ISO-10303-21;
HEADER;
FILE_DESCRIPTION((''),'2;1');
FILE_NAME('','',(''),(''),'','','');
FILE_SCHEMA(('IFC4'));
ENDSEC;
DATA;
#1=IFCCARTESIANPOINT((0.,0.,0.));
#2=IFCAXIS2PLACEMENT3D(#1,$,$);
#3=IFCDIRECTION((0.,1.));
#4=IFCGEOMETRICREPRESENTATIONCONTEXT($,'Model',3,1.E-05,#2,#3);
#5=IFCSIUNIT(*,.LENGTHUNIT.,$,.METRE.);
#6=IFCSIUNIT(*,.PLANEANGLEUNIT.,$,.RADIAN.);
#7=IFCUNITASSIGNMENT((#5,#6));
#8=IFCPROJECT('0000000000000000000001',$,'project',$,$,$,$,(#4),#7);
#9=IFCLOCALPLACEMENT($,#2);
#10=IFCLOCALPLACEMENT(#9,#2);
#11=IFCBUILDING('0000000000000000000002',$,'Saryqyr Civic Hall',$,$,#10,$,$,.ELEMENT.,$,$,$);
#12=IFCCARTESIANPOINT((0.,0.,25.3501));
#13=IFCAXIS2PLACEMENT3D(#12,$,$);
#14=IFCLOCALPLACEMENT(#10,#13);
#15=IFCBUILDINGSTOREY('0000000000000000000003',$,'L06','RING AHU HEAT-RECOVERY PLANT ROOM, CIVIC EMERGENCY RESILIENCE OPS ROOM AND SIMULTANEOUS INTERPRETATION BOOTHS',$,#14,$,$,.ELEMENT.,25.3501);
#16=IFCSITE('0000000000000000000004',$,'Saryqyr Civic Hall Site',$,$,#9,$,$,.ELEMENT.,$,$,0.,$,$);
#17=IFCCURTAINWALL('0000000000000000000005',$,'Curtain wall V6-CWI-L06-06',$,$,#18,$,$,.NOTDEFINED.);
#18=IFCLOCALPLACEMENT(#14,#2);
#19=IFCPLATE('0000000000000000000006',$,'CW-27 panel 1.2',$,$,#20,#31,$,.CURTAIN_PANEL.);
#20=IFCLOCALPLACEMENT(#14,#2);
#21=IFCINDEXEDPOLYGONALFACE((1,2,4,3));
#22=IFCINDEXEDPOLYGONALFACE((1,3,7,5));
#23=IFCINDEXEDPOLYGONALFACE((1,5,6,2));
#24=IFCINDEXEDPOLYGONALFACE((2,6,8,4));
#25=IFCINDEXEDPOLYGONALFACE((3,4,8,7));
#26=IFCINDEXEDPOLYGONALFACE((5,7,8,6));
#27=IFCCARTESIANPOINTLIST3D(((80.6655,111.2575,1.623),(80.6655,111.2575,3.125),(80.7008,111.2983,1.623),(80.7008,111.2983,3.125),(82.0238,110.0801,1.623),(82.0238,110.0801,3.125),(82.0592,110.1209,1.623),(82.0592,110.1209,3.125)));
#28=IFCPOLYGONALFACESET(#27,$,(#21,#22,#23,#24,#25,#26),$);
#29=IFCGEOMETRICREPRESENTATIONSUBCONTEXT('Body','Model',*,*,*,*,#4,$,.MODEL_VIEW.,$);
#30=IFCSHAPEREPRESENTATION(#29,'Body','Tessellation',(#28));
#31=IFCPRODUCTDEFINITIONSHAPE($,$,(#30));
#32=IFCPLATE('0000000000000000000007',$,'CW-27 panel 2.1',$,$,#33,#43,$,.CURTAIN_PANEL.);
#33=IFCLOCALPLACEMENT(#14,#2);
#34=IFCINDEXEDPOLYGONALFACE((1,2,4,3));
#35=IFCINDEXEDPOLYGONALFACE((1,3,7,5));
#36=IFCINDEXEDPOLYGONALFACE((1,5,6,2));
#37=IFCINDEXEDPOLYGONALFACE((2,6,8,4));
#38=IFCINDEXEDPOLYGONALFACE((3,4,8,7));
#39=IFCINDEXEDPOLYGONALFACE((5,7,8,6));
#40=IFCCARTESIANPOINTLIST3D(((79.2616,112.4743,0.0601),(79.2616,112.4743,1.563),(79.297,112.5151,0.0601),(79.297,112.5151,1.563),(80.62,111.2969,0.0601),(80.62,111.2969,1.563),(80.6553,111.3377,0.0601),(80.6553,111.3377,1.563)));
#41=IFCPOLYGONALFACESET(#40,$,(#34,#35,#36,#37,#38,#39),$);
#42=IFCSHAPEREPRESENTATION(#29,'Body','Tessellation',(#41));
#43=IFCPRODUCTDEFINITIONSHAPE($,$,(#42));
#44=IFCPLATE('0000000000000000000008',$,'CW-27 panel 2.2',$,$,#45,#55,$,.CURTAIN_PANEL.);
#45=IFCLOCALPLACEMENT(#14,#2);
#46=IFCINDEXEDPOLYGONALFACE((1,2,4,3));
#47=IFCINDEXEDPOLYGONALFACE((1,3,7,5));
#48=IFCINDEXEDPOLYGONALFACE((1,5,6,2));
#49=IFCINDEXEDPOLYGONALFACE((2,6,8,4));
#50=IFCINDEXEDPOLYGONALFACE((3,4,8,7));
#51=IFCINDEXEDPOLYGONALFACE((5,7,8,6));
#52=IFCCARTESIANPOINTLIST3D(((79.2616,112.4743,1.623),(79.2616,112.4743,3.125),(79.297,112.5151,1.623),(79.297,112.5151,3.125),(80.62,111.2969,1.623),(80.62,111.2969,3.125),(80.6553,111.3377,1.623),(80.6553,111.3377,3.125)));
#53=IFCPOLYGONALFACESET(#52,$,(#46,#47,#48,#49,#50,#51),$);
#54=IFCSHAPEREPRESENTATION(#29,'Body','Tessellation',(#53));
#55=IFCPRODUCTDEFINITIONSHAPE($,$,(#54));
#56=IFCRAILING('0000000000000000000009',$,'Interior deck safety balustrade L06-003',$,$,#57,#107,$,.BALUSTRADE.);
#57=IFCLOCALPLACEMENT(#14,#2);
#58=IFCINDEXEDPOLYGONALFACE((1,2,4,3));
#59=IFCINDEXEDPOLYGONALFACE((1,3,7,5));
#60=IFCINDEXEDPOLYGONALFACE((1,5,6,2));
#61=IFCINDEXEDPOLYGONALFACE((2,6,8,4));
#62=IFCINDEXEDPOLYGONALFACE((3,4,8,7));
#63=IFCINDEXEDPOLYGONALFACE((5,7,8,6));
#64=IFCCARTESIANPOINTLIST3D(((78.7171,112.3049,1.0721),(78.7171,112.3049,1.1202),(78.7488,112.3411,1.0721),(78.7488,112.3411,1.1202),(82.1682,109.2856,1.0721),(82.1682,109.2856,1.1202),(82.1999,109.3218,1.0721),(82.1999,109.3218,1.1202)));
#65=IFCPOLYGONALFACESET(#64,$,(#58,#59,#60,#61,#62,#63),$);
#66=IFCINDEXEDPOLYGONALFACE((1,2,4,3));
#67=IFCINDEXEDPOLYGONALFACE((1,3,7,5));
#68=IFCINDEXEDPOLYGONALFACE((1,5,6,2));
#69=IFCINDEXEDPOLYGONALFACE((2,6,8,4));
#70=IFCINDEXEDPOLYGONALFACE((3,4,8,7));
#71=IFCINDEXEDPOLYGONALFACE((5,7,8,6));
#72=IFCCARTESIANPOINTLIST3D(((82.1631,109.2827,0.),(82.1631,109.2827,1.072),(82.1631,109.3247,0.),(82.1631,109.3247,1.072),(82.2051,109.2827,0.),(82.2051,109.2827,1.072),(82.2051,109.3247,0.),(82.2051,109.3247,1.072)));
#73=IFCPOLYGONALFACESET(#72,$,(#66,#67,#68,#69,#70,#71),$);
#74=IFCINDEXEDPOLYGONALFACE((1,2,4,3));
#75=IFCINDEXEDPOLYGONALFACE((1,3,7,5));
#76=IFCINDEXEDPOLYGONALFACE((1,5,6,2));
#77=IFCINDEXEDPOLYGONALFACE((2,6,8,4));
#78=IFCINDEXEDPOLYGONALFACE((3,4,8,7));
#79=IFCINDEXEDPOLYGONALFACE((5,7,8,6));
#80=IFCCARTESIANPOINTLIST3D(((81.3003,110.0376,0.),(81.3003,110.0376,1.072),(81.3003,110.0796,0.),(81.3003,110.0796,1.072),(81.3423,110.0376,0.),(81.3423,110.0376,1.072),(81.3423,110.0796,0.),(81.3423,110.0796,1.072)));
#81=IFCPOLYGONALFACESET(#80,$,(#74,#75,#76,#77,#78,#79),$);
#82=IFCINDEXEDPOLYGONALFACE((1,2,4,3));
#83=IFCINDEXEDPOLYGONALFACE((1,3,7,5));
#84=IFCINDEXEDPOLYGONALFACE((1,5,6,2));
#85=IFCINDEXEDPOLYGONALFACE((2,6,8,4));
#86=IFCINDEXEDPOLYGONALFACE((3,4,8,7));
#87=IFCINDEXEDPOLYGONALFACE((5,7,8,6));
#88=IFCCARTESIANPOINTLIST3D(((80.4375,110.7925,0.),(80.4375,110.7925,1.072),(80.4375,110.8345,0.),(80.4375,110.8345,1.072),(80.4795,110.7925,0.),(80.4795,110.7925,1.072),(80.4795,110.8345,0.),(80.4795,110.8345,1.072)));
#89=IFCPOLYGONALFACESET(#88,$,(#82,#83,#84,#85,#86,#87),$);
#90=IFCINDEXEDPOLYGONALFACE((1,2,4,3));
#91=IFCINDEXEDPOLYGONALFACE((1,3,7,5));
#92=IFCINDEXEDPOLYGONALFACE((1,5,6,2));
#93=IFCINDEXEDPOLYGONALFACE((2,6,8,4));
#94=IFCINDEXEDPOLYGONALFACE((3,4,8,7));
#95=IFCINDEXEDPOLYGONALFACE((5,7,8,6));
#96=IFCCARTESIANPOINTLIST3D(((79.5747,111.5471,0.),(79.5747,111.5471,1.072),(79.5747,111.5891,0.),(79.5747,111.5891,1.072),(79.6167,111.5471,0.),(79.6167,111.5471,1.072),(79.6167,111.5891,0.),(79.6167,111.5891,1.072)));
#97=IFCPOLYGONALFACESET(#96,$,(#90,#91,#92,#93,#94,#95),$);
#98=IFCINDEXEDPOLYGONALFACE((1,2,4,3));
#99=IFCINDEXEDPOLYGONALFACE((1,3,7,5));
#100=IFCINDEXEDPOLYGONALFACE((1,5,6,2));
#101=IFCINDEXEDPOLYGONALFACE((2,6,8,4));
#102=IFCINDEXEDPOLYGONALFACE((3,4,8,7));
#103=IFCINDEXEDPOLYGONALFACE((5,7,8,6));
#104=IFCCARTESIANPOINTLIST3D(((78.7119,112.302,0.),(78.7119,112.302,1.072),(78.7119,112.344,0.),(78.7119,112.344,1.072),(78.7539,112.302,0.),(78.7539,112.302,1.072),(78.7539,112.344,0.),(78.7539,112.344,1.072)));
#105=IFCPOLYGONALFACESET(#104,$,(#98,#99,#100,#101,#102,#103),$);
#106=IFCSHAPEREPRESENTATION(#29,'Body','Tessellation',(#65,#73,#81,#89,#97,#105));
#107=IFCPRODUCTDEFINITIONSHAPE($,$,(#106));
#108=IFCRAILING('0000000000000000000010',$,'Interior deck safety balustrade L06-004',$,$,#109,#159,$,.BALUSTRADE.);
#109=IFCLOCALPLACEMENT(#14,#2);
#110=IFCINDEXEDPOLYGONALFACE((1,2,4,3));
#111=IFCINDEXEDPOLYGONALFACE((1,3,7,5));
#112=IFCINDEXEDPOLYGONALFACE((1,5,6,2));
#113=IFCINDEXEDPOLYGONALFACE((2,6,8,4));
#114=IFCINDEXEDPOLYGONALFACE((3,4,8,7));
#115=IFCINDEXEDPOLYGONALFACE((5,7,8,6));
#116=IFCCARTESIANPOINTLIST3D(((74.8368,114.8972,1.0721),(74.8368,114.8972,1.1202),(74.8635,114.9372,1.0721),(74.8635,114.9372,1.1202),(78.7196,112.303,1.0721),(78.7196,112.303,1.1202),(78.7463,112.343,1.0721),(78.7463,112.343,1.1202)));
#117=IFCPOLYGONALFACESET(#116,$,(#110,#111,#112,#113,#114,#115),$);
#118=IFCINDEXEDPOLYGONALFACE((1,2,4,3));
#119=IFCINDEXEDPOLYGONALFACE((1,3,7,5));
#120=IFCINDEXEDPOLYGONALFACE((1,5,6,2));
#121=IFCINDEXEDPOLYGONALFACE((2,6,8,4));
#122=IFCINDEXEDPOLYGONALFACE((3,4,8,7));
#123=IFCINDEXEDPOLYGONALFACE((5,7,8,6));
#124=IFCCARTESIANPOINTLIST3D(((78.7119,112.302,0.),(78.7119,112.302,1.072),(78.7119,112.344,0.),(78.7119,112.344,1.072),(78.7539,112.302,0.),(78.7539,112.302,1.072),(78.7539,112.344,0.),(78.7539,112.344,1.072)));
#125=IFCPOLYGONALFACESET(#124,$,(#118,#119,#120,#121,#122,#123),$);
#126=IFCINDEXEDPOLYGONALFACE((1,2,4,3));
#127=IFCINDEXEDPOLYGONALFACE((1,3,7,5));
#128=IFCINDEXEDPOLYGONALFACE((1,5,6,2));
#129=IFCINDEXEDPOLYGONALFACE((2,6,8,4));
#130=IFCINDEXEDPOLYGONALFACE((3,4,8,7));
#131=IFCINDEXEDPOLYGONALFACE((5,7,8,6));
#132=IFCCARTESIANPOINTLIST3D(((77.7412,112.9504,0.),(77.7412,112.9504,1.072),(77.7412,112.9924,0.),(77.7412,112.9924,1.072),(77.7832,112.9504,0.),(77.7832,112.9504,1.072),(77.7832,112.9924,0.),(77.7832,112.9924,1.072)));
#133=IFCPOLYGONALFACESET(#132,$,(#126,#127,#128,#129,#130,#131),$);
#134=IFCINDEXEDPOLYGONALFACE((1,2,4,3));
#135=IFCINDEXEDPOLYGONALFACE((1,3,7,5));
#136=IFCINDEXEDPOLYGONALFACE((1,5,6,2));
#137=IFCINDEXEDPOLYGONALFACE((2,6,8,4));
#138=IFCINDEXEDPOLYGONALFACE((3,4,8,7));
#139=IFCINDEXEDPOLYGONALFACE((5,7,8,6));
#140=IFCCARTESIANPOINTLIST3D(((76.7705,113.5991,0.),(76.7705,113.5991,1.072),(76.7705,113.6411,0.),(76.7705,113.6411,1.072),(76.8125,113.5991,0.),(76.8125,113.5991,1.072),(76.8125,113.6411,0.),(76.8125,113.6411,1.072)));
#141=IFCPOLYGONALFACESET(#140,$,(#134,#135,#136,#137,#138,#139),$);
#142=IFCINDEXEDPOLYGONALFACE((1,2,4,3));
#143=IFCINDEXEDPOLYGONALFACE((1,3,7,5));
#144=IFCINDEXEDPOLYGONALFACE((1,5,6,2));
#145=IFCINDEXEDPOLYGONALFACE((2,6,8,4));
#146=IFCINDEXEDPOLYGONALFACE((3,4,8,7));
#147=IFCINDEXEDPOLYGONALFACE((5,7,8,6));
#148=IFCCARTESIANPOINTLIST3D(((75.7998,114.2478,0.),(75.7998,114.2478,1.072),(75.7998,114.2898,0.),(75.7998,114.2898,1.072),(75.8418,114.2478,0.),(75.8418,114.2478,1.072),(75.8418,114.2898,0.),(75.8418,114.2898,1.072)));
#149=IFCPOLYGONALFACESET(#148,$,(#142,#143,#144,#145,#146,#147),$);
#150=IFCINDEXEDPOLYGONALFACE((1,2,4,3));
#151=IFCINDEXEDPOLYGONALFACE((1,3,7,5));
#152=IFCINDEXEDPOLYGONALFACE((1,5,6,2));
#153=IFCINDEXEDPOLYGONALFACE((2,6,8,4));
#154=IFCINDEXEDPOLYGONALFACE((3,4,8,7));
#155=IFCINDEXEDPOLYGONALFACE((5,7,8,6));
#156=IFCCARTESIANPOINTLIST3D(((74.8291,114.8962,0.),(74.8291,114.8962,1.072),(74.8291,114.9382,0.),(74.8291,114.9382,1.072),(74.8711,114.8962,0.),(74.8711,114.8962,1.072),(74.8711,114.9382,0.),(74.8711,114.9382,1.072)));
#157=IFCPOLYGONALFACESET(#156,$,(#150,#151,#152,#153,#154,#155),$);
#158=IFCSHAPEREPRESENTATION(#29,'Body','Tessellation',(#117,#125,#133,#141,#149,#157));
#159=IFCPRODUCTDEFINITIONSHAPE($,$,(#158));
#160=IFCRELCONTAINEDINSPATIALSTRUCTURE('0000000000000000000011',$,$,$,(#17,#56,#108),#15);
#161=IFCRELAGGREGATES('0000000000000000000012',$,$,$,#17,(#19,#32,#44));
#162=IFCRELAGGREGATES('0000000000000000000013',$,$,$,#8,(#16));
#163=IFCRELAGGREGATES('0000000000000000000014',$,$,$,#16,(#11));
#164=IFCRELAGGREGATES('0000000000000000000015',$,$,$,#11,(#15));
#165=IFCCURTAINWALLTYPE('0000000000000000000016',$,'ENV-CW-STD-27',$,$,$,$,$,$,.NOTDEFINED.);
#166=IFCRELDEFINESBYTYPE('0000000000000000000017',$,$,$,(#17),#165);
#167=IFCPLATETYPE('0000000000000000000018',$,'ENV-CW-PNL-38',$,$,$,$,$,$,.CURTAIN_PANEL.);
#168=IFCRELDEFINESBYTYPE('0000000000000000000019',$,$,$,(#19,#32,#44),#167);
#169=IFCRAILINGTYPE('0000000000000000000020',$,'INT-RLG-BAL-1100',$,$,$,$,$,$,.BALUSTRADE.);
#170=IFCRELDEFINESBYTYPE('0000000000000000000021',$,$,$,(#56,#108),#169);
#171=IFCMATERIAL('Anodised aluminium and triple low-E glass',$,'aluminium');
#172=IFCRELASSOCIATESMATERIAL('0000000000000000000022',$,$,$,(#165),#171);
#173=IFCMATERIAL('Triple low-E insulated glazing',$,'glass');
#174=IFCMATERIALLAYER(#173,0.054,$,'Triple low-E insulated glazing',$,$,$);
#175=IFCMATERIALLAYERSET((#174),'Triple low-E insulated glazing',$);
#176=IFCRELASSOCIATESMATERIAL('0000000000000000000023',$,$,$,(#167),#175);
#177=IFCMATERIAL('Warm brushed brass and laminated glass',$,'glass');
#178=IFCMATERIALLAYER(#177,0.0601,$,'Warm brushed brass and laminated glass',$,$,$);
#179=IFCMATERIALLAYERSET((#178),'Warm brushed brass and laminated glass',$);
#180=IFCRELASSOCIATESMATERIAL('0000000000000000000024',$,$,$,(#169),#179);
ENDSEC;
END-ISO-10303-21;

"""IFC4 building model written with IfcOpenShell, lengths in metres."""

from ifc_helpers import new_model, si_unit, direction, frame, origin, origin_2d, place, context, subcontext, project, spatial, rectangle, extrude, material, layer, layer_set, type_object, element, aggregate, save


model = new_model("IFC4")

# Units and contexts
model_context = context("Model", 3, precision=1e-05, world=origin(), true_north=direction((0.0, 1.0)))
body_context = subcontext(model_context, "Body", "Model", "MODEL_VIEW")
ifc_project = project(units=[si_unit("LENGTHUNIT", "METRE"), si_unit("PLANEANGLEUNIT", "RADIAN")], contexts=[model_context])

# Site, building, storey
site_placement = place(None, origin())
site = spatial("IfcSite", under=ifc_project, at=site_placement, Name="Saryqyr Civic Hall Site", CompositionType="ELEMENT", RefElevation=0.0)
building_placement = place(site_placement, origin())
building = spatial("IfcBuilding", under=site, at=building_placement, Name="Saryqyr Civic Hall", CompositionType="ELEMENT")
storey_placement = place(building_placement, frame((0.0, 0.0, 25.3501)))
storey = spatial("IfcBuildingStorey", under=building, at=storey_placement, Name="L06", Description="RING AHU HEAT-RECOVERY PLANT ROOM, CIVIC EMERGENCY RESILIENCE OPS ROOM AND SIMULTANEOUS INTERPRETATION BOOTHS", CompositionType="ELEMENT", Elevation=25.3501)

# Curtain wall
ifc_material_1 = material(Name="Anodised aluminium and triple low-E glass", Category="aluminium")
curtain_wall_type = type_object("IfcCurtainWallType", Name="ENV-CW-STD-27", PredefinedType="NOTDEFINED", material=ifc_material_1)
curtain_wall_placement = place(storey_placement, origin())
curtain_wall = element("IfcCurtainWall", 1, at=curtain_wall_placement, inside=storey, type_object=curtain_wall_type, Name="Curtain wall V6-CWI-L06-06", PredefinedType="NOTDEFINED")

# Plates
ifc_material_2 = material(Name="Triple low-E insulated glazing", Category="glass")
ifc_layer_1 = layer(ifc_material_2, 0.054, Name="Triple low-E insulated glazing")
ifc_layer_set_1 = layer_set([ifc_layer_1], Name="Triple low-E insulated glazing")
plate_type = type_object("IfcPlateType", Name="ENV-CW-PNL-38", PredefinedType="CURTAIN_PANEL", material=ifc_layer_set_1)
plate_1_placement = place(storey_placement, frame((81.3623, 110.6892, 1.623), z_axis=(0.0, 0.0, 1.0), x_axis=(-0.755652, 0.654974, 0.0)))
plate_1 = element("IfcPlate", 2, at=plate_1_placement, type_object=plate_type, Name="CW-27 panel 1.2", PredefinedType="CURTAIN_PANEL", context=body_context, shape_type="SweptSolid", body=[
    extrude(rectangle(XDim=1.7976, YDim=0.054, at=origin_2d()), origin(), (0.0, 0.0, 1.0), 1.502),
])
plate_2_placement = place(storey_placement, frame((79.9585, 111.906, 0.0601), z_axis=(0.0, 0.0, 1.0), x_axis=(-0.755652, 0.654974, 0.0)))
plate_2 = element("IfcPlate", 3, at=plate_2_placement, type_object=plate_type, Name="CW-27 panel 2.1", PredefinedType="CURTAIN_PANEL", context=body_context, shape_type="SweptSolid", body=[
    extrude(rectangle(XDim=1.7976, YDim=0.054, at=origin_2d()), origin(), (0.0, 0.0, 1.0), 1.5029),
])
plate_3_placement = place(storey_placement, frame((79.9585, 111.906, 1.623), z_axis=(0.0, 0.0, 1.0), x_axis=(-0.755652, 0.654974, 0.0)))
plate_3 = element("IfcPlate", 4, at=plate_3_placement, type_object=plate_type, Name="CW-27 panel 2.2", PredefinedType="CURTAIN_PANEL", context=body_context, shape_type="SweptSolid", body=[
    extrude(rectangle(XDim=1.7976, YDim=0.054, at=origin_2d()), origin(), (0.0, 0.0, 1.0), 1.502),
])
aggregate(curtain_wall, [plate_1, plate_2, plate_3])

# Railings
ifc_material_3 = material(Name="Warm brushed brass and laminated glass", Category="glass")
ifc_layer_2 = layer(ifc_material_3, 0.0601, Name="Warm brushed brass and laminated glass")
ifc_layer_set_2 = layer_set([ifc_layer_2], Name="Warm brushed brass and laminated glass")
railing_type = type_object("IfcRailingType", Name="INT-RLG-BAL-1100", PredefinedType="BALUSTRADE", material=ifc_layer_set_2)
railing_1_placement = place(storey_placement, frame((82.1841, 109.3037, 0.0)))
element("IfcRailing", 5, at=railing_1_placement, inside=storey, type_object=railing_type, Name="Interior deck safety balustrade L06-003", PredefinedType="BALUSTRADE", context=body_context, shape_type="SweptSolid", body=[
    extrude(rectangle(XDim=0.0481, YDim=0.0481, at=origin_2d()), frame((0.0, 0.0, 1.0962), z_axis=(-0.752629, 0.658444, 0.0), x_axis=(-0.658444, -0.752629, 0.0)), (0.0, 0.0, 1.0), 4.5854),
    extrude(rectangle(XDim=0.042, YDim=0.042, at=origin_2d()), origin(), (0.0, 0.0, 1.0), 1.072),
    extrude(rectangle(XDim=0.042, YDim=0.042, at=origin_2d()), frame((-0.8628, 0.7549, 0.0)), (0.0, 0.0, 1.0), 1.072),
    extrude(rectangle(XDim=0.042, YDim=0.042, at=origin_2d()), frame((-1.7256, 1.5098, 0.0)), (0.0, 0.0, 1.0), 1.072),
    extrude(rectangle(XDim=0.042, YDim=0.042, at=origin_2d()), frame((-2.5884, 2.2644, 0.0)), (0.0, 0.0, 1.0), 1.072),
    extrude(rectangle(XDim=0.042, YDim=0.042, at=origin_2d()), frame((-3.4512, 3.0193, 0.0)), (0.0, 0.0, 1.0), 1.072),
])
railing_2_placement = place(storey_placement, frame((78.7329, 112.323, 0.0)))
element("IfcRailing", 6, at=railing_2_placement, inside=storey, type_object=railing_type, Name="Interior deck safety balustrade L06-004", PredefinedType="BALUSTRADE", context=body_context, shape_type="SweptSolid", body=[
    extrude(rectangle(XDim=0.0481, YDim=0.0481, at=origin_2d()), frame((0.0, 0.0, 1.0962), z_axis=(-0.831487, 0.555544, 0.0), x_axis=(-0.555544, -0.831487, 0.0)), (0.0, 0.0, 1.0), 4.6697),
    extrude(rectangle(XDim=0.042, YDim=0.042, at=origin_2d()), origin(), (0.0, 0.0, 1.0), 1.072),
    extrude(rectangle(XDim=0.042, YDim=0.042, at=origin_2d()), frame((-0.9707, 0.6484, 0.0)), (0.0, 0.0, 1.0), 1.072),
    extrude(rectangle(XDim=0.042, YDim=0.042, at=origin_2d()), frame((-1.9414, 1.2971, 0.0)), (0.0, 0.0, 1.0), 1.072),
    extrude(rectangle(XDim=0.042, YDim=0.042, at=origin_2d()), frame((-2.9121, 1.9458, 0.0)), (0.0, 0.0, 1.0), 1.072),
    extrude(rectangle(XDim=0.042, YDim=0.042, at=origin_2d()), frame((-3.8828, 2.5942, 0.0)), (0.0, 0.0, 1.0), 1.072),
])

save(model, "model.ifc")
